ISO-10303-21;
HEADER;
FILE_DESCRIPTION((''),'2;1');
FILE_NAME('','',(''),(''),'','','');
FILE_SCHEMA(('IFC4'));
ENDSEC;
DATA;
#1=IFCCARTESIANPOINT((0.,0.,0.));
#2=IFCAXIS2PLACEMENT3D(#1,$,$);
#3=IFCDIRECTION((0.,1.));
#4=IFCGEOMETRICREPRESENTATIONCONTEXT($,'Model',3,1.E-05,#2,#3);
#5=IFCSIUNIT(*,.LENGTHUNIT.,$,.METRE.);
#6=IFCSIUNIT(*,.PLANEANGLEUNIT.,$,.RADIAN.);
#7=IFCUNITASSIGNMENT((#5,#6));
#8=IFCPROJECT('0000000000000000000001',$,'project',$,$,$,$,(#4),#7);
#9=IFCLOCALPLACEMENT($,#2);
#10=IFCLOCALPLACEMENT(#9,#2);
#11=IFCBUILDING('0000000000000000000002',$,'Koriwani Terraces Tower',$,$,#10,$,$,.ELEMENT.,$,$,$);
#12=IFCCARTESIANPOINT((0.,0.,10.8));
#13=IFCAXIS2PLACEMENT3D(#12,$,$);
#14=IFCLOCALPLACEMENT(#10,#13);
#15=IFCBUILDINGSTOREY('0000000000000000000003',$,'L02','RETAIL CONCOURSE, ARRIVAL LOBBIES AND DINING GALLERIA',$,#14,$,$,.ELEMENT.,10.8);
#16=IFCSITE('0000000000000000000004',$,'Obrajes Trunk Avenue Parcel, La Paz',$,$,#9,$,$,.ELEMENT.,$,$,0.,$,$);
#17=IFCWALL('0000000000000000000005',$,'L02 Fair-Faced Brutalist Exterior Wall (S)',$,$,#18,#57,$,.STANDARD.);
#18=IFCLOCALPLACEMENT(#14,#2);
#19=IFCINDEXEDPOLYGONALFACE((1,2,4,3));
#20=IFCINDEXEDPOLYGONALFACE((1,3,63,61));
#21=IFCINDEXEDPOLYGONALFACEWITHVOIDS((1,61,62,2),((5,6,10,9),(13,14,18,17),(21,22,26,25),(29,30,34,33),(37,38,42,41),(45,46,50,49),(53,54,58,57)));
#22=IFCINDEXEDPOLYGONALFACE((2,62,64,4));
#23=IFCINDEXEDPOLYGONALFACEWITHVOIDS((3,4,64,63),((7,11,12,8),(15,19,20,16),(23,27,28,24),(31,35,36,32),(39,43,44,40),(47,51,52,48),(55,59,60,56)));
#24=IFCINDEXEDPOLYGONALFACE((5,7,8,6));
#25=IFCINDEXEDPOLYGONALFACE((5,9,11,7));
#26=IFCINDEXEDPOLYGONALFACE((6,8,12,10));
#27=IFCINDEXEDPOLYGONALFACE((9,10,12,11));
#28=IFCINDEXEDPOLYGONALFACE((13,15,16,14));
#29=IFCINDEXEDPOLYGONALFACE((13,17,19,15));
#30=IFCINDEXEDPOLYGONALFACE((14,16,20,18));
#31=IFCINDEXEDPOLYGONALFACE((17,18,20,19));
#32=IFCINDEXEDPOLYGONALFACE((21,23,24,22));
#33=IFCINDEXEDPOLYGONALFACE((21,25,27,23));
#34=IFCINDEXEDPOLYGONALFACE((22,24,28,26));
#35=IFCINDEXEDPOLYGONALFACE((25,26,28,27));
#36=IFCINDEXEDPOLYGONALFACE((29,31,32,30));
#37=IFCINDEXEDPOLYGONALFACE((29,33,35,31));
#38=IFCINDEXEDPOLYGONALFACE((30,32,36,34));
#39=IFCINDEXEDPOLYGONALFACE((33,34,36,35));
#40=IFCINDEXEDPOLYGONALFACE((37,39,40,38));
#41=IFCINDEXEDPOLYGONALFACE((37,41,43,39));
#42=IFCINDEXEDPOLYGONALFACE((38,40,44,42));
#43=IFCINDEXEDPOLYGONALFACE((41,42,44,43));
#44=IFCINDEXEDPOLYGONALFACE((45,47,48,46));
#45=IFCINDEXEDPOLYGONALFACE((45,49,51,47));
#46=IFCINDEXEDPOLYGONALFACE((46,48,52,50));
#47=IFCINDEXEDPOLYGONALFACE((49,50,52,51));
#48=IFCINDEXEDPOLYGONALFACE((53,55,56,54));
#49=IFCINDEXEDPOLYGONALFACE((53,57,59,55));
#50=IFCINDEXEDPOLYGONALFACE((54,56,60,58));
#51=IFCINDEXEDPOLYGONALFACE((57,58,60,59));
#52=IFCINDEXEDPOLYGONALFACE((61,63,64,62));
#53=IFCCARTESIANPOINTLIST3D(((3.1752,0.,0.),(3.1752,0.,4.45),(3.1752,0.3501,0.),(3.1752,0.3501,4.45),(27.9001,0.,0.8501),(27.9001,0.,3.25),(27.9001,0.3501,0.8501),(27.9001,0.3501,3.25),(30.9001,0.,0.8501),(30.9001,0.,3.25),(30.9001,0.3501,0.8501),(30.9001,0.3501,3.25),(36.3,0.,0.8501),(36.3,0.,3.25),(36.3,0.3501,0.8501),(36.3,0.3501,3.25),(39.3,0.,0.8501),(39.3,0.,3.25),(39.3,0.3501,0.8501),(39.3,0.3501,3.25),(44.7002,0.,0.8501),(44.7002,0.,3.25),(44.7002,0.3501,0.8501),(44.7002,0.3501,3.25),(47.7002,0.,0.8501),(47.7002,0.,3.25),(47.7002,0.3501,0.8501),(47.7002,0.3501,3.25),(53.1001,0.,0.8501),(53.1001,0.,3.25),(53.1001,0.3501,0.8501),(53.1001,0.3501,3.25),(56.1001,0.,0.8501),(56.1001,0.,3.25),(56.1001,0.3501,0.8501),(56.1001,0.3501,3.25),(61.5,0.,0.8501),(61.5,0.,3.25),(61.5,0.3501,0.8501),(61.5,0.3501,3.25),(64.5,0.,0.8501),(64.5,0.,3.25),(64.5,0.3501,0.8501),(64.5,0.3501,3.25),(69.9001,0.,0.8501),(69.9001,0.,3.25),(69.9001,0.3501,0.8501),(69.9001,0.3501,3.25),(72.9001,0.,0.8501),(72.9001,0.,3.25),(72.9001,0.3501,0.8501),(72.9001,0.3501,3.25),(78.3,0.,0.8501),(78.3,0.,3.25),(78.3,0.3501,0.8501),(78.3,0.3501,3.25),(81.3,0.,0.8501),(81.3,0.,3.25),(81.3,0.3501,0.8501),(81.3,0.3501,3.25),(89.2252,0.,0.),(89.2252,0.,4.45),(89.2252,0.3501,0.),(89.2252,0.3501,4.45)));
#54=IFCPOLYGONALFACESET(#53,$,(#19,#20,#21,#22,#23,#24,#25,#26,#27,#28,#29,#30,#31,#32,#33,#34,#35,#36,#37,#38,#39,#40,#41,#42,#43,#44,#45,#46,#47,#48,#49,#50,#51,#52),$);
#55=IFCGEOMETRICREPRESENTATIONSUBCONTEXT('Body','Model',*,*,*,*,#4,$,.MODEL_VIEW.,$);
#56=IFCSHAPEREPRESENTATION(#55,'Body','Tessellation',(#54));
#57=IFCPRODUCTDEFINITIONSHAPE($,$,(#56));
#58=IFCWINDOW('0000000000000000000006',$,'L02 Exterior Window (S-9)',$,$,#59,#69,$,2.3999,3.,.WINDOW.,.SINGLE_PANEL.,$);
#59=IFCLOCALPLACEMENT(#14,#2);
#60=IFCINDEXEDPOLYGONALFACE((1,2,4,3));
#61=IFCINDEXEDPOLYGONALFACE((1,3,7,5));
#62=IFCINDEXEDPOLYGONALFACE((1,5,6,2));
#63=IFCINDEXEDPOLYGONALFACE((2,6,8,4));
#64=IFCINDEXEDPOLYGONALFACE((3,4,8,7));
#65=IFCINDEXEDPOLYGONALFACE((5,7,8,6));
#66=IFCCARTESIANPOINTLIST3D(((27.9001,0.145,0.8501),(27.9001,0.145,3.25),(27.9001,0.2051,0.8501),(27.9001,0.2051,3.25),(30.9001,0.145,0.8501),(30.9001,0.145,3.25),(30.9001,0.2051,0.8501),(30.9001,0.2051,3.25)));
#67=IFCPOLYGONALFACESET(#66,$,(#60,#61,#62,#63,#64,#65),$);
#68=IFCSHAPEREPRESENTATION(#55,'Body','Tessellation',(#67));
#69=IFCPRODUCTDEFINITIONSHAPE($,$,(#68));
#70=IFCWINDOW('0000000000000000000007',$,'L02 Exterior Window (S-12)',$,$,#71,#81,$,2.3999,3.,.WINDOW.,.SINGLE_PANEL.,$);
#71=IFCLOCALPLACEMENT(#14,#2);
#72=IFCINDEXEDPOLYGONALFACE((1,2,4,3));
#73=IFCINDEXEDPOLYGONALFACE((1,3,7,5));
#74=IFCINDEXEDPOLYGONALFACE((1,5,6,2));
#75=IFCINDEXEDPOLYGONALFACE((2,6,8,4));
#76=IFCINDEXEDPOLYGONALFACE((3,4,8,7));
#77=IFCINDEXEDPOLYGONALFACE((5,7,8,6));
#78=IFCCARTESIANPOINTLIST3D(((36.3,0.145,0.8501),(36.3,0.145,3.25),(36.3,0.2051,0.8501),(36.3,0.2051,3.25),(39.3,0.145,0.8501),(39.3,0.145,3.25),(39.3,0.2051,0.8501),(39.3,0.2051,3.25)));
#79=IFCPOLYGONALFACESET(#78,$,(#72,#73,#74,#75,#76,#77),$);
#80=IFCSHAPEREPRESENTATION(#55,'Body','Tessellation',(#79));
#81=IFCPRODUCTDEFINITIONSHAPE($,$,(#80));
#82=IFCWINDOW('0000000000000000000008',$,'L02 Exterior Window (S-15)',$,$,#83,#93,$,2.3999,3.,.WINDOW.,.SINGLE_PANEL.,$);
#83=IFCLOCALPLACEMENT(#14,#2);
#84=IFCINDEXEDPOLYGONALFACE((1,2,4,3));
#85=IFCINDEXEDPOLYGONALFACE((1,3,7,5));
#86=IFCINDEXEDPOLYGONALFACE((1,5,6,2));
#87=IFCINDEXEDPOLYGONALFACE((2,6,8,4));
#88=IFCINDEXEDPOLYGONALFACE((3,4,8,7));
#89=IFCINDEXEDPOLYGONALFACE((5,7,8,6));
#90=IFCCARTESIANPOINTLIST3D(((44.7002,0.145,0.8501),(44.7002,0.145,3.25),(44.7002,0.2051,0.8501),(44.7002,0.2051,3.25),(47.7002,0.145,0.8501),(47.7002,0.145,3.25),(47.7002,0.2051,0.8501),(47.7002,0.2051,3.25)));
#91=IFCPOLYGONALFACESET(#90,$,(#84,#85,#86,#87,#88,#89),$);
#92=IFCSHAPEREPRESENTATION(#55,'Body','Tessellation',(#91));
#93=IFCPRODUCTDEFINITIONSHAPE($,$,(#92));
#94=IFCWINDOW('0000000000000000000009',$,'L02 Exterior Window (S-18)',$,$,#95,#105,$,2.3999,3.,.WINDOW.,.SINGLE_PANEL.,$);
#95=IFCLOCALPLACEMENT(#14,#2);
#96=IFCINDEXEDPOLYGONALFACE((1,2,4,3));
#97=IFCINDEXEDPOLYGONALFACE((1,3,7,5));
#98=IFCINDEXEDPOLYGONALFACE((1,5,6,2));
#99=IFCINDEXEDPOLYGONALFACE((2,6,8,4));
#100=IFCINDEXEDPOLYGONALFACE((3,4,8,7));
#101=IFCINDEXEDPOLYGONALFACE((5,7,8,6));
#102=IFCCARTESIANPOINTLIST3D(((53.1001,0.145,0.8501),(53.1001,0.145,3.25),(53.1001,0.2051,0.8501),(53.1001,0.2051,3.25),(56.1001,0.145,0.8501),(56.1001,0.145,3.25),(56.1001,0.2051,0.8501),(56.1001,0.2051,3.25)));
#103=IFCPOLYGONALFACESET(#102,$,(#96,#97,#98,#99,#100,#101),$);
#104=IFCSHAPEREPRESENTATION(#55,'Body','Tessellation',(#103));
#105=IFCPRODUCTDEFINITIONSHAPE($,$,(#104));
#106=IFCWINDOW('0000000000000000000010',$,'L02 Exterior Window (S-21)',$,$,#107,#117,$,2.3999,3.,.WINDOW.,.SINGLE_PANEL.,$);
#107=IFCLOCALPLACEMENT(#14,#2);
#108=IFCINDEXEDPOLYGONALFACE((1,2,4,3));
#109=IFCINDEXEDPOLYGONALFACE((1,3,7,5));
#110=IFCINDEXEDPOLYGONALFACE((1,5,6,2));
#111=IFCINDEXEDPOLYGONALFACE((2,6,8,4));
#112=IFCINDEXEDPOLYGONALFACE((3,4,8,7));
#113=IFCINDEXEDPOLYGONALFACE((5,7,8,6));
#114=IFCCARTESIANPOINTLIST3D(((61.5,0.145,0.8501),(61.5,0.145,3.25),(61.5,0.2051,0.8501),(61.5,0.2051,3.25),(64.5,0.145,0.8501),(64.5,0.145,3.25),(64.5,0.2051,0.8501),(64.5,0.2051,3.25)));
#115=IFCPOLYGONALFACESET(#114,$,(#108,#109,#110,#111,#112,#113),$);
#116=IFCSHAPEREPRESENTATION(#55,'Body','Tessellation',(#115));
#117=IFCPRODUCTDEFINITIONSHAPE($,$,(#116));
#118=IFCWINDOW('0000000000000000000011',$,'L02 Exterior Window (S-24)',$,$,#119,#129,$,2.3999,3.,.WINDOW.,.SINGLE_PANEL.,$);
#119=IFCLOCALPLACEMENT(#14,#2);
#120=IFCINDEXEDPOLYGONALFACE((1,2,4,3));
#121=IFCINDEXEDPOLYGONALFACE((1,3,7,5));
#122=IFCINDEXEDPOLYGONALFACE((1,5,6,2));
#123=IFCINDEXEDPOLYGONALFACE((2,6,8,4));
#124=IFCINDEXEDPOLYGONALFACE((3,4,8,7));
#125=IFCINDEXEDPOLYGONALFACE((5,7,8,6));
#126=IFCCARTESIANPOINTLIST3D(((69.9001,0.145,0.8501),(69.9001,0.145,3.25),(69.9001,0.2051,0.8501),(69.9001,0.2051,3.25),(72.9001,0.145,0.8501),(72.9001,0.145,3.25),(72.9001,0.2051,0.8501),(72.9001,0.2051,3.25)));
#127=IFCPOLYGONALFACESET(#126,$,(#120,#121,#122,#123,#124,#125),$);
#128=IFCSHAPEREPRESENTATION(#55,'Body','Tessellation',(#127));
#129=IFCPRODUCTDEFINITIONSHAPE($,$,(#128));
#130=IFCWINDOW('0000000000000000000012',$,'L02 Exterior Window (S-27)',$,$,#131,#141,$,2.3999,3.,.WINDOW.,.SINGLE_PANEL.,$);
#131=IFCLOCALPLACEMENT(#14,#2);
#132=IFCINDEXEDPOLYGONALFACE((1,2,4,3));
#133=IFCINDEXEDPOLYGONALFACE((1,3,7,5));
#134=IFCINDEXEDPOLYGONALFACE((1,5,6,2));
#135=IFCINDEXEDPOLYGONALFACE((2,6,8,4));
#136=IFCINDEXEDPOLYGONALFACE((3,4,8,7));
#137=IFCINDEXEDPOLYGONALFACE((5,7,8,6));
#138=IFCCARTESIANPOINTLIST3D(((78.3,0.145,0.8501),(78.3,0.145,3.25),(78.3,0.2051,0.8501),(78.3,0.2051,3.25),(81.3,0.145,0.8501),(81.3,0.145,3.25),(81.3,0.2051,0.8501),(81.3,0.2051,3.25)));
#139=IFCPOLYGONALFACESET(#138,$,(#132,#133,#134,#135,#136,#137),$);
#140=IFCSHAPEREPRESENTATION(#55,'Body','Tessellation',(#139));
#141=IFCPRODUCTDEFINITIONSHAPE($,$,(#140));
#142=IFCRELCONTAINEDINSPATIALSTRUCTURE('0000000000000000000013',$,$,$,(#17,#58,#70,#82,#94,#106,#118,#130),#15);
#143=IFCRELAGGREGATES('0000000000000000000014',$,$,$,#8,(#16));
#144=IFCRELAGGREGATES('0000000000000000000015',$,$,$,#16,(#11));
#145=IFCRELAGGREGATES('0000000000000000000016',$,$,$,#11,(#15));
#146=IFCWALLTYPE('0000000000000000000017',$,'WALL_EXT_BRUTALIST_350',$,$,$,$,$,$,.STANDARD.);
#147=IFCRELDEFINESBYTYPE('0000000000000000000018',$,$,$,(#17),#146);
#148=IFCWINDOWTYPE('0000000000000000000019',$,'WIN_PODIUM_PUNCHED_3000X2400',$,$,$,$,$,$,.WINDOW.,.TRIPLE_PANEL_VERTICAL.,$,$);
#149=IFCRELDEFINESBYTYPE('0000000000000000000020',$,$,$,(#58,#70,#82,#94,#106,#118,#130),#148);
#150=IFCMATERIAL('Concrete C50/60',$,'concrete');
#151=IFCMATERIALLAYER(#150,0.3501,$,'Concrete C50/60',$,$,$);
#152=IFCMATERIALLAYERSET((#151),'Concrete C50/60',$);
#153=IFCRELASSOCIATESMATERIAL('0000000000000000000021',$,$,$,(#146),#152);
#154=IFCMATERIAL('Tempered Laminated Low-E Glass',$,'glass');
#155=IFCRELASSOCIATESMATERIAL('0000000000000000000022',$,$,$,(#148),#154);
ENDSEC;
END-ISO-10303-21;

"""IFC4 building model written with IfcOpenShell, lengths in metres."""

from ifc_helpers import new_model, si_unit, direction, frame, frame_2d, origin, place, context, subcontext, project, spatial, rectangle, extrude, material, layer, layer_set, type_object, element, fill, save


model = new_model("IFC4")

# Units and contexts
model_context = context("Model", 3, precision=1e-05, world=origin(), true_north=direction((0.0, 1.0)))
body_context = subcontext(model_context, "Body", "Model", "MODEL_VIEW")
ifc_project = project(units=[si_unit("LENGTHUNIT", "METRE"), si_unit("PLANEANGLEUNIT", "RADIAN")], contexts=[model_context])

# Site, building, storey
site_placement = place(None, origin())
site = spatial("IfcSite", under=ifc_project, at=site_placement, Name="Obrajes Trunk Avenue Parcel, La Paz", CompositionType="ELEMENT", RefElevation=0.0)
building_placement = place(site_placement, origin())
building = spatial("IfcBuilding", under=site, at=building_placement, Name="Koriwani Terraces Tower", CompositionType="ELEMENT")
storey_placement = place(building_placement, frame((0.0, 0.0, 10.8)))
storey = spatial("IfcBuildingStorey", under=building, at=storey_placement, Name="L02", Description="RETAIL CONCOURSE, ARRIVAL LOBBIES AND DINING GALLERIA", CompositionType="ELEMENT", Elevation=10.8)

# Shared definitions
ifc_material_1 = material(Name="Tempered Laminated Low-E Glass", Category="glass")

# Shared definitions
ifc_material_2 = material(Name="Concrete C50/60", Category="concrete")
ifc_layer_1 = layer(ifc_material_2, 0.3501, Name="Concrete C50/60")
ifc_layer_set_1 = layer_set([ifc_layer_1], Name="Concrete C50/60")
wall_type = type_object("IfcWallType", Name="WALL_EXT_BRUTALIST_350", PredefinedType="STANDARD", material=ifc_layer_set_1)

# Wall, openings, windows
wall_placement = place(storey_placement, frame((89.2251, 0.175, 0.0), z_axis=(0.0, 0.0, 1.0), x_axis=(-1.0, 0.0, 0.0)))
wall = element("IfcWall", 1, at=wall_placement, inside=storey, type_object=wall_type, Name="L02 Fair-Faced Brutalist Exterior Wall (S)", PredefinedType="STANDARD", context=body_context, shape_type="SweptSolid", body=[
    extrude(rectangle(XDim=86.05, YDim=0.3501, at=frame_2d((43.0249, 0.0))), origin(), (0.0, 0.0, 1.0), 4.45),
])
opening_1_placement = place(wall_placement, frame((58.325, 0.0, 0.8501)))
opening_1 = element("IfcOpeningElement", 2, at=opening_1_placement, cuts=wall, PredefinedType="OPENING", context=body_context, shape_type="SweptSolid", body=[
    extrude(rectangle(XDim=3.0, YDim=2.3999, at=frame_2d((1.5, 1.2))), frame((0.0, 0.1851, 0.0), z_axis=(0.0, -1.0, 0.0), x_axis=(1.0, 0.0, 0.0)), (0.0, 0.0, 1.0), 0.3701),
])
opening_2_placement = place(wall_placement, frame((49.925, 0.0, 0.8501)))
opening_2 = element("IfcOpeningElement", 3, at=opening_2_placement, cuts=wall, PredefinedType="OPENING", context=body_context, shape_type="SweptSolid", body=[
    extrude(rectangle(XDim=3.0, YDim=2.3999, at=frame_2d((1.5, 1.2))), frame((0.0, 0.1851, 0.0), z_axis=(0.0, -1.0, 0.0), x_axis=(1.0, 0.0, 0.0)), (0.0, 0.0, 1.0), 0.3701),
])
opening_3_placement = place(wall_placement, frame((41.5249, 0.0, 0.8501)))
opening_3 = element("IfcOpeningElement", 4, at=opening_3_placement, cuts=wall, PredefinedType="OPENING", context=body_context, shape_type="SweptSolid", body=[
    extrude(rectangle(XDim=3.0, YDim=2.3999, at=frame_2d((1.5, 1.2))), frame((0.0, 0.1851, 0.0), z_axis=(0.0, -1.0, 0.0), x_axis=(1.0, 0.0, 0.0)), (0.0, 0.0, 1.0), 0.3701),
])
opening_4_placement = place(wall_placement, frame((33.125, 0.0, 0.8501)))
opening_4 = element("IfcOpeningElement", 5, at=opening_4_placement, cuts=wall, PredefinedType="OPENING", context=body_context, shape_type="SweptSolid", body=[
    extrude(rectangle(XDim=3.0, YDim=2.3999, at=frame_2d((1.5, 1.2))), frame((0.0, 0.1851, 0.0), z_axis=(0.0, -1.0, 0.0), x_axis=(1.0, 0.0, 0.0)), (0.0, 0.0, 1.0), 0.3701),
])
opening_5_placement = place(wall_placement, frame((24.7251, 0.0, 0.8501)))
opening_5 = element("IfcOpeningElement", 6, at=opening_5_placement, cuts=wall, PredefinedType="OPENING", context=body_context, shape_type="SweptSolid", body=[
    extrude(rectangle(XDim=3.0, YDim=2.3999, at=frame_2d((1.5, 1.2))), frame((0.0, 0.1851, 0.0), z_axis=(0.0, -1.0, 0.0), x_axis=(1.0, 0.0, 0.0)), (0.0, 0.0, 1.0), 0.3701),
])
opening_6_placement = place(wall_placement, frame((16.325, 0.0, 0.8501)))
opening_6 = element("IfcOpeningElement", 7, at=opening_6_placement, cuts=wall, PredefinedType="OPENING", context=body_context, shape_type="SweptSolid", body=[
    extrude(rectangle(XDim=3.0, YDim=2.3999, at=frame_2d((1.5, 1.2))), frame((0.0, 0.1851, 0.0), z_axis=(0.0, -1.0, 0.0), x_axis=(1.0, 0.0, 0.0)), (0.0, 0.0, 1.0), 0.3701),
])
opening_7_placement = place(wall_placement, frame((7.925, 0.0, 0.8501)))
opening_7 = element("IfcOpeningElement", 8, at=opening_7_placement, cuts=wall, PredefinedType="OPENING", context=body_context, shape_type="SweptSolid", body=[
    extrude(rectangle(XDim=3.0, YDim=2.3999, at=frame_2d((1.5, 1.2))), frame((0.0, 0.1851, 0.0), z_axis=(0.0, -1.0, 0.0), x_axis=(1.0, 0.0, 0.0)), (0.0, 0.0, 1.0), 0.3701),
])
window_type = type_object("IfcWindowType", Name="WIN_PODIUM_PUNCHED_3000X2400", PartitioningType="TRIPLE_PANEL_VERTICAL", PredefinedType="WINDOW", material=ifc_material_1)
window_1_placement = place(opening_1_placement, origin())
window_1 = element("IfcWindow", 9, at=window_1_placement, inside=storey, type_object=window_type, Name="L02 Exterior Window (S-9)", OverallHeight=2.3999, OverallWidth=3.0, PartitioningType="SINGLE_PANEL", PredefinedType="WINDOW", context=body_context, shape_type="SweptSolid", body=[
    extrude(rectangle(XDim=3.0, YDim=2.3999, at=frame_2d((1.5, 1.2))), frame((0.0, 0.03, 0.0), z_axis=(0.0, -1.0, 0.0), x_axis=(1.0, 0.0, 0.0)), (0.0, 0.0, 1.0), 0.0601),
])
fill(opening_1, window_1)
window_2_placement = place(opening_2_placement, origin())
window_2 = element("IfcWindow", 10, at=window_2_placement, inside=storey, type_object=window_type, Name="L02 Exterior Window (S-12)", OverallHeight=2.3999, OverallWidth=3.0, PartitioningType="SINGLE_PANEL", PredefinedType="WINDOW", context=body_context, shape_type="SweptSolid", body=[
    extrude(rectangle(XDim=3.0, YDim=2.3999, at=frame_2d((1.5, 1.2))), frame((0.0, 0.03, 0.0), z_axis=(0.0, -1.0, 0.0), x_axis=(1.0, 0.0, 0.0)), (0.0, 0.0, 1.0), 0.0601),
])
fill(opening_2, window_2)
window_3_placement = place(opening_3_placement, origin())
window_3 = element("IfcWindow", 11, at=window_3_placement, inside=storey, type_object=window_type, Name="L02 Exterior Window (S-15)", OverallHeight=2.3999, OverallWidth=3.0, PartitioningType="SINGLE_PANEL", PredefinedType="WINDOW", context=body_context, shape_type="SweptSolid", body=[
    extrude(rectangle(XDim=3.0, YDim=2.3999, at=frame_2d((1.5, 1.2))), frame((0.0, 0.03, 0.0), z_axis=(0.0, -1.0, 0.0), x_axis=(1.0, 0.0, 0.0)), (0.0, 0.0, 1.0), 0.0601),
])
fill(opening_3, window_3)
window_4_placement = place(opening_4_placement, origin())
window_4 = element("IfcWindow", 12, at=window_4_placement, inside=storey, type_object=window_type, Name="L02 Exterior Window (S-18)", OverallHeight=2.3999, OverallWidth=3.0, PartitioningType="SINGLE_PANEL", PredefinedType="WINDOW", context=body_context, shape_type="SweptSolid", body=[
    extrude(rectangle(XDim=3.0, YDim=2.3999, at=frame_2d((1.5, 1.2))), frame((0.0, 0.03, 0.0), z_axis=(0.0, -1.0, 0.0), x_axis=(1.0, 0.0, 0.0)), (0.0, 0.0, 1.0), 0.0601),
])
fill(opening_4, window_4)
window_5_placement = place(opening_5_placement, origin())
window_5 = element("IfcWindow", 13, at=window_5_placement, inside=storey, type_object=window_type, Name="L02 Exterior Window (S-21)", OverallHeight=2.3999, OverallWidth=3.0, PartitioningType="SINGLE_PANEL", PredefinedType="WINDOW", context=body_context, shape_type="SweptSolid", body=[
    extrude(rectangle(XDim=3.0, YDim=2.3999, at=frame_2d((1.5, 1.2))), frame((0.0, 0.03, 0.0), z_axis=(0.0, -1.0, 0.0), x_axis=(1.0, 0.0, 0.0)), (0.0, 0.0, 1.0), 0.0601),
])
fill(opening_5, window_5)
window_6_placement = place(opening_6_placement, origin())
window_6 = element("IfcWindow", 14, at=window_6_placement, inside=storey, type_object=window_type, Name="L02 Exterior Window (S-24)", OverallHeight=2.3999, OverallWidth=3.0, PartitioningType="SINGLE_PANEL", PredefinedType="WINDOW", context=body_context, shape_type="SweptSolid", body=[
    extrude(rectangle(XDim=3.0, YDim=2.3999, at=frame_2d((1.5, 1.2))), frame((0.0, 0.03, 0.0), z_axis=(0.0, -1.0, 0.0), x_axis=(1.0, 0.0, 0.0)), (0.0, 0.0, 1.0), 0.0601),
])
fill(opening_6, window_6)
window_7_placement = place(opening_7_placement, origin())
window_7 = element("IfcWindow", 15, at=window_7_placement, inside=storey, type_object=window_type, Name="L02 Exterior Window (S-27)", OverallHeight=2.3999, OverallWidth=3.0, PartitioningType="SINGLE_PANEL", PredefinedType="WINDOW", context=body_context, shape_type="SweptSolid", body=[
    extrude(rectangle(XDim=3.0, YDim=2.3999, at=frame_2d((1.5, 1.2))), frame((0.0, 0.03, 0.0), z_axis=(0.0, -1.0, 0.0), x_axis=(1.0, 0.0, 0.0)), (0.0, 0.0, 1.0), 0.0601),
])
fill(opening_7, window_7)

save(model, "model.ifc")
